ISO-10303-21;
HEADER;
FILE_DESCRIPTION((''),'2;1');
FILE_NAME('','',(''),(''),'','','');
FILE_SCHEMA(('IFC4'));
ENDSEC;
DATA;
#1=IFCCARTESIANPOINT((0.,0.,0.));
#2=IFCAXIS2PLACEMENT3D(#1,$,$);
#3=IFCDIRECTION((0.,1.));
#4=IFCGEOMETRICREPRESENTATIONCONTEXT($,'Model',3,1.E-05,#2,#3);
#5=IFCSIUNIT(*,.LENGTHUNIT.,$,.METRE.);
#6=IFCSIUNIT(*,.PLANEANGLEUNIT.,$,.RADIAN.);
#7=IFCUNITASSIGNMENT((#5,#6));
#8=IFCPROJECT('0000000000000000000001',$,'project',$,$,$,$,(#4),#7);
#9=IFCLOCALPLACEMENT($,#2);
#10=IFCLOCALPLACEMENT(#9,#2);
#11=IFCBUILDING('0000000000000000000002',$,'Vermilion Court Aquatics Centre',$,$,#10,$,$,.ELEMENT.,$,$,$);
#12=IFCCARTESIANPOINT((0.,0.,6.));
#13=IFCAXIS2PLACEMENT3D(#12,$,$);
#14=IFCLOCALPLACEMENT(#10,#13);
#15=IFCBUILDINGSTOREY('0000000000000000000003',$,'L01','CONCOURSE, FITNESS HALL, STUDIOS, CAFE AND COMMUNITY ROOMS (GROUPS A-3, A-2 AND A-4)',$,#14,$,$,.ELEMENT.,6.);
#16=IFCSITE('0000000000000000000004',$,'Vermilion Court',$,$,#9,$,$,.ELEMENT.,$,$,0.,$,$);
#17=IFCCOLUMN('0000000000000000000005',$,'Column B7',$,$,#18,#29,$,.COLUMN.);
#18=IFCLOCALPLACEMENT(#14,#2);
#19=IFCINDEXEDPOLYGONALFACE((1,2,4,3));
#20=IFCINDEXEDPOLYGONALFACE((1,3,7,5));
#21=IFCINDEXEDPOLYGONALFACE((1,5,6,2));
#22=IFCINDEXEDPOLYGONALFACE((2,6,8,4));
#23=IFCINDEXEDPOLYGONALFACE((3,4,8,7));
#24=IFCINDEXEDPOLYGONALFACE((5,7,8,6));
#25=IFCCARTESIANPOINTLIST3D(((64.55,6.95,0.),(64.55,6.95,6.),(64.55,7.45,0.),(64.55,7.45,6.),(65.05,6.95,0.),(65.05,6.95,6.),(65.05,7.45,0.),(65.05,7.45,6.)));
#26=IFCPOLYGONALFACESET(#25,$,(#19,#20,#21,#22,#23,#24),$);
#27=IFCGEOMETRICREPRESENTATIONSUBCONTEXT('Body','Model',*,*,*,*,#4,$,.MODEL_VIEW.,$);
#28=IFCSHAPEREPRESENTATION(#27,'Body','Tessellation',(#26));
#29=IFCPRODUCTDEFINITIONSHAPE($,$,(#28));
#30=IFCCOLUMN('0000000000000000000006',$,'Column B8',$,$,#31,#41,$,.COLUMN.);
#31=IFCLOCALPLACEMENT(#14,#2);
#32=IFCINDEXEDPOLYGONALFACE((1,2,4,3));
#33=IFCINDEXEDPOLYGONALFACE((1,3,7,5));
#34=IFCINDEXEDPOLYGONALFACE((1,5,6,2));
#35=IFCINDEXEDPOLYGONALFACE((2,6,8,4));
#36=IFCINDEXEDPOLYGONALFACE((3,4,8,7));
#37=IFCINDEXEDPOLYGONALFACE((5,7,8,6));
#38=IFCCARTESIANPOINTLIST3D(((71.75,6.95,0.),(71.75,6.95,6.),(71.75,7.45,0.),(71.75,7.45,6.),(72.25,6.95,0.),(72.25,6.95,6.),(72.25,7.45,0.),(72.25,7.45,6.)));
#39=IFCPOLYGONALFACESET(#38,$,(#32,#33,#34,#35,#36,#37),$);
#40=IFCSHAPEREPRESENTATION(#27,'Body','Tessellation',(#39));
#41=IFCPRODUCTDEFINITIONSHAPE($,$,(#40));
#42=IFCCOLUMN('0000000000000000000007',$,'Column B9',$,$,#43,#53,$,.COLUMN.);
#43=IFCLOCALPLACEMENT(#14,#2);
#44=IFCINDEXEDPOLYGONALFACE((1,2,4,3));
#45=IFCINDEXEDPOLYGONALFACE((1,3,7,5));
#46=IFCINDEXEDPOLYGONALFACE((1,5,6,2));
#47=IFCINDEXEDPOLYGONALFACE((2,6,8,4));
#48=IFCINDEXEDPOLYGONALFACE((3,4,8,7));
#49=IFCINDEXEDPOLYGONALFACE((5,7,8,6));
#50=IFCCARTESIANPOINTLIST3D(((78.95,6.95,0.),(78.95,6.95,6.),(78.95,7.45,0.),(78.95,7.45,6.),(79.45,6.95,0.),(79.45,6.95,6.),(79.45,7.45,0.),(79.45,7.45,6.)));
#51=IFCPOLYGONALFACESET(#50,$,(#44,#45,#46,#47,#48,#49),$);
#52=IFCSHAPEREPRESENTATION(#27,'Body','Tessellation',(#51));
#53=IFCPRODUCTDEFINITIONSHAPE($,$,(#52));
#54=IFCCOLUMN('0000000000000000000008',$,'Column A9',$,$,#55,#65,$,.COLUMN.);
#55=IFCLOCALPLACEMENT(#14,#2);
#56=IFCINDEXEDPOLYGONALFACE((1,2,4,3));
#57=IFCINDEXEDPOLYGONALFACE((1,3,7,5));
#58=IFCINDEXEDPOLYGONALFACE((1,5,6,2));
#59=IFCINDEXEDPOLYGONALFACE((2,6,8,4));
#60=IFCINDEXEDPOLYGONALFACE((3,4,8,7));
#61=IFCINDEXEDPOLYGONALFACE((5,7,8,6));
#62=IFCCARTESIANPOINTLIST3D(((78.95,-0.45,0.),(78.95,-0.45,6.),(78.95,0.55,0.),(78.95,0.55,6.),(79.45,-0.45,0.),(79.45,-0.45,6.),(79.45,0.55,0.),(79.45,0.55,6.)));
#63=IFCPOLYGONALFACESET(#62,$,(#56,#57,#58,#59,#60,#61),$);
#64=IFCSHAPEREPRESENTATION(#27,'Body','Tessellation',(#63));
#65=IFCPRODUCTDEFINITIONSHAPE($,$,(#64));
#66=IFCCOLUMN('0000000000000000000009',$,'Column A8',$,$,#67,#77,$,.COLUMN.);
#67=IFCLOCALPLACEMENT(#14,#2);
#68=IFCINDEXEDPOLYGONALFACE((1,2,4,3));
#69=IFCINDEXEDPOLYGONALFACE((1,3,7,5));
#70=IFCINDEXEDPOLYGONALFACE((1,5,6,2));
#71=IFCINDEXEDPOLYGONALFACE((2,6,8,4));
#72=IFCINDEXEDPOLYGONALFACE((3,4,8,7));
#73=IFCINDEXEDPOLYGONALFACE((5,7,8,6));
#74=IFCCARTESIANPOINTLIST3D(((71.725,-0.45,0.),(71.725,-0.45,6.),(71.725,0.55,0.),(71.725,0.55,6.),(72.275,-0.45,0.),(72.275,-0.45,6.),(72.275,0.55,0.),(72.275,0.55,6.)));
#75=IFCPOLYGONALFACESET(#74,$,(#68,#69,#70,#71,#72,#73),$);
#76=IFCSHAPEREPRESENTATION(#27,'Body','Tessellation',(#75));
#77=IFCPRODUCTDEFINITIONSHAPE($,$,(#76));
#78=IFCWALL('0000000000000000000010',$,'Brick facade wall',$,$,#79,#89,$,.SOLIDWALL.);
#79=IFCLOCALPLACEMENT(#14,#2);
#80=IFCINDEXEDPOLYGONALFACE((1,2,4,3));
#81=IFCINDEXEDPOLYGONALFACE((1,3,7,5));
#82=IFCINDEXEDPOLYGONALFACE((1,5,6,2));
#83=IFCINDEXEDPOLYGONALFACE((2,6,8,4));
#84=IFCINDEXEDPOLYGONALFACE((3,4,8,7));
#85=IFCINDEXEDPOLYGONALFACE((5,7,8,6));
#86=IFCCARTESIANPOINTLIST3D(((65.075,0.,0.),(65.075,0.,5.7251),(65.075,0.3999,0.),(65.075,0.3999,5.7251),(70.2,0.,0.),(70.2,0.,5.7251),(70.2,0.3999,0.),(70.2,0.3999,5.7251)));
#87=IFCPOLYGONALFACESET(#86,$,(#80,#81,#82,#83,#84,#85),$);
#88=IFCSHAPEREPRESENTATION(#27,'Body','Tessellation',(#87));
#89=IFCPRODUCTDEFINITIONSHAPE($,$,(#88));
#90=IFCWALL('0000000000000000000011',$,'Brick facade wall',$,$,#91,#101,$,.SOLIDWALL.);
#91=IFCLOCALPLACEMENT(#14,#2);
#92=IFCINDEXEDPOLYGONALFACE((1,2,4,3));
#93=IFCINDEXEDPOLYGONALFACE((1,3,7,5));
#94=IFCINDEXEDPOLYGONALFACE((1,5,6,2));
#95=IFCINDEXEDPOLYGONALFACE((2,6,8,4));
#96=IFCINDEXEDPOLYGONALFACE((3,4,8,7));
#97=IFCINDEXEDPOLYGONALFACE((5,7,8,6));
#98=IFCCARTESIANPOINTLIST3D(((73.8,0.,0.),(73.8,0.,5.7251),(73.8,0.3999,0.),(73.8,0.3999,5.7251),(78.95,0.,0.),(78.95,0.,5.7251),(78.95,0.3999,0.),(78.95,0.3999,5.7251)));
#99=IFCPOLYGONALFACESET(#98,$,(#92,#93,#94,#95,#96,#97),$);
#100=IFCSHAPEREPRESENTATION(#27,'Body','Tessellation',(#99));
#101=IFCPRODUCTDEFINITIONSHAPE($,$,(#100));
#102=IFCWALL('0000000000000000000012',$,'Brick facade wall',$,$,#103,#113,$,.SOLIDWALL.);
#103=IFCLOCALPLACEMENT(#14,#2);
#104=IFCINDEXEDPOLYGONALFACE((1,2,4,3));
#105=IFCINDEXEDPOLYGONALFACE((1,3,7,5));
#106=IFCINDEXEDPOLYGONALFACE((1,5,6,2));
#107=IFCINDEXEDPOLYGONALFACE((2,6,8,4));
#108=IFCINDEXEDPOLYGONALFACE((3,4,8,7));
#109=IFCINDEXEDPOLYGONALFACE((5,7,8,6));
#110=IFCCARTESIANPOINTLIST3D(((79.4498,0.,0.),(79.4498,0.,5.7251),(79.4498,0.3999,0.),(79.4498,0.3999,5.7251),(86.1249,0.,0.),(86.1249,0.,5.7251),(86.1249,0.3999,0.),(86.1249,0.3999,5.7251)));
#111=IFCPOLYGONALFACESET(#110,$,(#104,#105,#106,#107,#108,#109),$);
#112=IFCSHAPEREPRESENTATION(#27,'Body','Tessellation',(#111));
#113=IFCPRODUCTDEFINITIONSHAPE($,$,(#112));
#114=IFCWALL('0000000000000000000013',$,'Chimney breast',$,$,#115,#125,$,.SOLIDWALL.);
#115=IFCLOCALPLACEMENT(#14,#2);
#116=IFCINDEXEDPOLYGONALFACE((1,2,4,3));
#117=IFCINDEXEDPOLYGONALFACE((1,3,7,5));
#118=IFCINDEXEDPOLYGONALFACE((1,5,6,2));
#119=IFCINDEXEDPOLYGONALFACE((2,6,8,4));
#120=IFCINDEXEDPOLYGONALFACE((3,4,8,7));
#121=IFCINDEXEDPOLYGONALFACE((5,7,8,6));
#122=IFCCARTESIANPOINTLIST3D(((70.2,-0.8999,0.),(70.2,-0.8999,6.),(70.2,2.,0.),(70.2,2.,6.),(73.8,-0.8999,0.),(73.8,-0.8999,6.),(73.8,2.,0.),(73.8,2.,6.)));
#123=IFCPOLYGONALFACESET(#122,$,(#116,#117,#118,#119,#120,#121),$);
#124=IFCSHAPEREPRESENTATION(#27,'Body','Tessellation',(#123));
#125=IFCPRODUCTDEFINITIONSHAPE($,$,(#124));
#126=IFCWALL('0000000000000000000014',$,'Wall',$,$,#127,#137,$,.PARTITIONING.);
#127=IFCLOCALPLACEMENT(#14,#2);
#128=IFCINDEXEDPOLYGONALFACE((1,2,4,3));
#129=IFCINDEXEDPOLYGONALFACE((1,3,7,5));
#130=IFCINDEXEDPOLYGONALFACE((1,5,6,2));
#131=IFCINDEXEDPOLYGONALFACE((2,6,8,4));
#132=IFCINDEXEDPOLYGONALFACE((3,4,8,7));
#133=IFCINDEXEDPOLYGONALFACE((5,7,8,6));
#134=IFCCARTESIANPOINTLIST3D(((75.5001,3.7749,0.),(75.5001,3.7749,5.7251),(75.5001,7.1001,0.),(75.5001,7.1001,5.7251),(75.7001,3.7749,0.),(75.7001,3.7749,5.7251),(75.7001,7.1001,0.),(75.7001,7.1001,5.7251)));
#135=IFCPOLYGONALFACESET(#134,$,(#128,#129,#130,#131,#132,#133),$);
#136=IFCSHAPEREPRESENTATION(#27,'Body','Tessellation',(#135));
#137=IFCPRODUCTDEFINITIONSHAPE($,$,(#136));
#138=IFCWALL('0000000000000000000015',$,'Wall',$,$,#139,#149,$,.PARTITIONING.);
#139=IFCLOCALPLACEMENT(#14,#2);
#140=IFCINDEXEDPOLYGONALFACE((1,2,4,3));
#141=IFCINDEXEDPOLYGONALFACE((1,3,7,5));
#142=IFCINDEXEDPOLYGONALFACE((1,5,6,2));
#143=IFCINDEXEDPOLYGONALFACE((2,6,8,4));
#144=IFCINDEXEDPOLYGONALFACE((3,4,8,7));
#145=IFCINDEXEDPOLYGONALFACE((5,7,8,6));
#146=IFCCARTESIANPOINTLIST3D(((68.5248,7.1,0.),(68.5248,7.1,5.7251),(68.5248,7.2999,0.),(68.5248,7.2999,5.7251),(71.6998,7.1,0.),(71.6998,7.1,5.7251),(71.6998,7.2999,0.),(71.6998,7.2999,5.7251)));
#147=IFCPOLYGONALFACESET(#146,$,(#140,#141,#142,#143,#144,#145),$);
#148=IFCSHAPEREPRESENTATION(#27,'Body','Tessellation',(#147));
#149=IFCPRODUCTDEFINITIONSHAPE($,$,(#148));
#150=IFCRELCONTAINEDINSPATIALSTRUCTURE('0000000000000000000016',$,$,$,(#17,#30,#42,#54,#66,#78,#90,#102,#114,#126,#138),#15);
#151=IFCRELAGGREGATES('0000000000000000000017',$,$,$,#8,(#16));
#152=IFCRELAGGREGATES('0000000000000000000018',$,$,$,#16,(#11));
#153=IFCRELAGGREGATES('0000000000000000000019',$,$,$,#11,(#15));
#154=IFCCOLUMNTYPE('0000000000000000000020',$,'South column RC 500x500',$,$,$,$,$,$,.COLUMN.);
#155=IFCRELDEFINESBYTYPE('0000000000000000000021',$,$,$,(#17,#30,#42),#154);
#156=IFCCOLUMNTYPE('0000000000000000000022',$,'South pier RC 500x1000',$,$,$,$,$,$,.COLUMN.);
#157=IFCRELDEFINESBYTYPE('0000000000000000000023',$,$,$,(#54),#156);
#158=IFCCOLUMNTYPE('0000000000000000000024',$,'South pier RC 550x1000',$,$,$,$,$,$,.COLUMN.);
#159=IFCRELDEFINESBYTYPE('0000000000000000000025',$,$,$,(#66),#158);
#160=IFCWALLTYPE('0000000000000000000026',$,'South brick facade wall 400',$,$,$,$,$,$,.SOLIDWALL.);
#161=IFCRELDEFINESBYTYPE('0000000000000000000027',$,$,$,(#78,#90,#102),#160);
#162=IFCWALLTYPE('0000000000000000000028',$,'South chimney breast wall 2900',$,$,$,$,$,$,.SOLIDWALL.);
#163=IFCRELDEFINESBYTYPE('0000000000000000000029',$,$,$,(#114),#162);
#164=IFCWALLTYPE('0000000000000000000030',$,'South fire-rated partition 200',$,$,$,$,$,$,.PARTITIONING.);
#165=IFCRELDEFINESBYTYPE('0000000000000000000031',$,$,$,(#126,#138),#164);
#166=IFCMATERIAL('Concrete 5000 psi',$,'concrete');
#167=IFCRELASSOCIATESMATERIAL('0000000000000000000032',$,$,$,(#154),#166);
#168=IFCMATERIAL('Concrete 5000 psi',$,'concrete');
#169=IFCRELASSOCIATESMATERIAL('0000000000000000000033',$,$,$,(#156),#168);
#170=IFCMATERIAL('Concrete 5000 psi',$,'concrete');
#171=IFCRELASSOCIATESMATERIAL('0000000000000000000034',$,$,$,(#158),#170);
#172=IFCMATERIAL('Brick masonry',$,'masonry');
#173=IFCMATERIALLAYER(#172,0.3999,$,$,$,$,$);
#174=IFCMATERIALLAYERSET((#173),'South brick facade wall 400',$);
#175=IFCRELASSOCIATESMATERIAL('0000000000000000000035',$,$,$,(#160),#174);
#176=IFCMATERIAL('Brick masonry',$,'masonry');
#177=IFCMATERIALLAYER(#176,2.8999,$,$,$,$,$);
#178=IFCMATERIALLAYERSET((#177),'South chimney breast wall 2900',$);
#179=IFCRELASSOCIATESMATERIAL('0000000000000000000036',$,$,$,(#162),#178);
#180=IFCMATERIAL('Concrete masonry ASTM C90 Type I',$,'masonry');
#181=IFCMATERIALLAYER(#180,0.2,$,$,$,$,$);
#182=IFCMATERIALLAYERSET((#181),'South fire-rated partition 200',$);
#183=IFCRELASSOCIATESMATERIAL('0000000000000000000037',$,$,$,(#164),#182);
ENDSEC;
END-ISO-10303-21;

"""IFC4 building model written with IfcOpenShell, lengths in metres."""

from ifc_helpers import new_model, si_unit, direction, frame, frame_2d, origin, origin_2d, place, context, subcontext, project, spatial, rectangle, extrude, material, layer, layer_set, material_profile, profile_set, type_object, element, save


model = new_model("IFC4")

# Units and contexts
model_context = context("Model", 3, precision=1e-05, world=origin(), true_north=direction((0.0, 1.0)))
body_context = subcontext(model_context, "Body", "Model", "MODEL_VIEW")
ifc_project = project(units=[si_unit("LENGTHUNIT", "METRE"), si_unit("PLANEANGLEUNIT", "RADIAN")], contexts=[model_context])

# Site, building, storey
site_placement = place(None, origin())
site = spatial("IfcSite", under=ifc_project, at=site_placement, Name="Vermilion Court", CompositionType="ELEMENT", RefElevation=0.0)
building_placement = place(site_placement, origin())
building = spatial("IfcBuilding", under=site, at=building_placement, Name="Vermilion Court Aquatics Centre", CompositionType="ELEMENT")
storey_placement = place(building_placement, frame((0.0, 0.0, 6.0)))
storey = spatial("IfcBuildingStorey", under=building, at=storey_placement, Name="L01", Description="CONCOURSE, FITNESS HALL, STUDIOS, CAFE AND COMMUNITY ROOMS (GROUPS A-3, A-2 AND A-4)", CompositionType="ELEMENT", Elevation=6.0)

# Columns
ifc_material_1 = material(Name="Concrete 5000 psi", Category="concrete")
ifc_material_profile_1 = material_profile(ifc_material_1, rectangle(XDim=0.5, YDim=0.5, at=origin_2d()), Name="RC 500x500")
ifc_profile_set_1 = profile_set([ifc_material_profile_1], Name="Concrete 5000 psi")
column_type_1 = type_object("IfcColumnType", Name="South column RC 500x500", PredefinedType="COLUMN", material=ifc_profile_set_1)
for number, where, z_axis, x_axis, name in (
    (1, (64.8, 7.2, 0.0), (0.0, 0.0, 1.0), (1.0, 0.0, 0.0), "Column B7"),
    (2, (72.0, 7.2, 0.0), (0.0, 0.0, 1.0), (1.0, 0.0, 0.0), "Column B8"),
    (3, (79.2, 7.2, 0.0), (0.0, 0.0, 1.0), (1.0, 0.0, 0.0), "Column B9"),
):
    element("IfcColumn", number, at=place(storey_placement, frame(where, z_axis=z_axis, x_axis=x_axis)), inside=storey, type_object=column_type_1, Name=name, PredefinedType="COLUMN", context=body_context, shape_type="SweptSolid", body=[
        extrude(rectangle(XDim=0.5, YDim=0.5, at=origin_2d()), origin(), (0.0, 0.0, 1.0), 6.0),
    ])
ifc_material_2 = material(Name="Concrete 5000 psi", Category="concrete")
ifc_material_profile_2 = material_profile(ifc_material_2, rectangle(XDim=0.5, YDim=1.0, at=origin_2d()), Name="RC 500x1000")
ifc_profile_set_2 = profile_set([ifc_material_profile_2], Name="Concrete 5000 psi")
column_type_2 = type_object("IfcColumnType", Name="South pier RC 500x1000", PredefinedType="COLUMN", material=ifc_profile_set_2)
column_1_placement = place(storey_placement, frame((79.2, 0.05, 0.0), z_axis=(0.0, 0.0, 1.0), x_axis=(1.0, 0.0, 0.0)))
element("IfcColumn", 4, at=column_1_placement, inside=storey, type_object=column_type_2, Name="Column A9", PredefinedType="COLUMN", context=body_context, shape_type="SweptSolid", body=[
    extrude(rectangle(XDim=0.5, YDim=1.0, at=origin_2d()), origin(), (0.0, 0.0, 1.0), 6.0),
])
ifc_material_3 = material(Name="Concrete 5000 psi", Category="concrete")
ifc_material_profile_3 = material_profile(ifc_material_3, rectangle(XDim=0.55, YDim=1.0, at=origin_2d()), Name="RC 550x1000")
ifc_profile_set_3 = profile_set([ifc_material_profile_3], Name="Concrete 5000 psi")
column_type_3 = type_object("IfcColumnType", Name="South pier RC 550x1000", PredefinedType="COLUMN", material=ifc_profile_set_3)
column_2_placement = place(storey_placement, frame((72.0, 0.05, 0.0), z_axis=(0.0, 0.0, 1.0), x_axis=(1.0, 0.0, 0.0)))
element("IfcColumn", 5, at=column_2_placement, inside=storey, type_object=column_type_3, Name="Column A8", PredefinedType="COLUMN", context=body_context, shape_type="SweptSolid", body=[
    extrude(rectangle(XDim=0.55, YDim=1.0, at=origin_2d()), origin(), (0.0, 0.0, 1.0), 6.0),
])

# Walls
ifc_material_4 = material(Name="Brick masonry", Category="masonry")
ifc_layer_1 = layer(ifc_material_4, 0.3999)
ifc_layer_set_1 = layer_set([ifc_layer_1], Name="South brick facade wall 400")
wall_type_1 = type_object("IfcWallType", Name="South brick facade wall 400", PredefinedType="SOLIDWALL", material=ifc_layer_set_1)
wall_1_placement = place(storey_placement, frame((65.075, 0.2, 0.0), z_axis=(0.0, 0.0, 1.0), x_axis=(1.0, 0.0, 0.0)))
element("IfcWall", 6, at=wall_1_placement, inside=storey, type_object=wall_type_1, Name="Brick facade wall", PredefinedType="SOLIDWALL", context=body_context, shape_type="SweptSolid", body=[
    extrude(rectangle(XDim=5.125, YDim=0.3999, at=frame_2d((2.5625, 0.0))), origin(), (0.0, 0.0, 1.0), 5.7251),
])
wall_2_placement = place(storey_placement, frame((73.8, 0.2, 0.0), z_axis=(0.0, 0.0, 1.0), x_axis=(1.0, 0.0, 0.0)))
element("IfcWall", 7, at=wall_2_placement, inside=storey, type_object=wall_type_1, Name="Brick facade wall", PredefinedType="SOLIDWALL", context=body_context, shape_type="SweptSolid", body=[
    extrude(rectangle(XDim=5.1499, YDim=0.3999, at=frame_2d((2.575, 0.0))), origin(), (0.0, 0.0, 1.0), 5.7251),
])
wall_3_placement = place(storey_placement, frame((79.45, 0.2, 0.0), z_axis=(0.0, 0.0, 1.0), x_axis=(1.0, 0.0, 0.0)))
element("IfcWall", 8, at=wall_3_placement, inside=storey, type_object=wall_type_1, Name="Brick facade wall", PredefinedType="SOLIDWALL", context=body_context, shape_type="SweptSolid", body=[
    extrude(rectangle(XDim=6.675, YDim=0.3999, at=frame_2d((3.3374, 0.0))), origin(), (0.0, 0.0, 1.0), 5.7251),
])
ifc_material_5 = material(Name="Brick masonry", Category="masonry")
ifc_layer_2 = layer(ifc_material_5, 2.8999)
ifc_layer_set_2 = layer_set([ifc_layer_2], Name="South chimney breast wall 2900")
wall_type_2 = type_object("IfcWallType", Name="South chimney breast wall 2900", PredefinedType="SOLIDWALL", material=ifc_layer_set_2)
wall_4_placement = place(storey_placement, frame((70.2, 0.55, 0.0), z_axis=(0.0, 0.0, 1.0), x_axis=(1.0, 0.0, 0.0)))
element("IfcWall", 9, at=wall_4_placement, inside=storey, type_object=wall_type_2, Name="Chimney breast", PredefinedType="SOLIDWALL", context=body_context, shape_type="SweptSolid", body=[
    extrude(rectangle(XDim=3.6001, YDim=2.8999, at=frame_2d((1.8, 0.0))), origin(), (0.0, 0.0, 1.0), 6.0),
])
ifc_material_6 = material(Name="Concrete masonry ASTM C90 Type I", Category="masonry")
ifc_layer_3 = layer(ifc_material_6, 0.2)
ifc_layer_set_3 = layer_set([ifc_layer_3], Name="South fire-rated partition 200")
wall_type_3 = type_object("IfcWallType", Name="South fire-rated partition 200", PredefinedType="PARTITIONING", material=ifc_layer_set_3)
wall_5_placement = place(storey_placement, frame((75.6001, 3.7749, 0.0), z_axis=(0.0, 0.0, 1.0), x_axis=(0.0, 1.0, 0.0)))
element("IfcWall", 10, at=wall_5_placement, inside=storey, type_object=wall_type_3, Name="Wall", PredefinedType="PARTITIONING", context=body_context, shape_type="SweptSolid", body=[
    extrude(rectangle(XDim=3.3252, YDim=0.2, at=frame_2d((1.6626, 0.0))), origin(), (0.0, 0.0, 1.0), 5.7251),
])
wall_6_placement = place(storey_placement, frame((68.5249, 7.2, 0.0), z_axis=(0.0, 0.0, 1.0), x_axis=(1.0, 0.0, 0.0)))
element("IfcWall", 11, at=wall_6_placement, inside=storey, type_object=wall_type_3, Name="Wall", PredefinedType="PARTITIONING", context=body_context, shape_type="SweptSolid", body=[
    extrude(rectangle(XDim=3.175, YDim=0.2, at=frame_2d((1.5874, 0.0))), origin(), (0.0, 0.0, 1.0), 5.7251),
])

save(model, "model.ifc")
